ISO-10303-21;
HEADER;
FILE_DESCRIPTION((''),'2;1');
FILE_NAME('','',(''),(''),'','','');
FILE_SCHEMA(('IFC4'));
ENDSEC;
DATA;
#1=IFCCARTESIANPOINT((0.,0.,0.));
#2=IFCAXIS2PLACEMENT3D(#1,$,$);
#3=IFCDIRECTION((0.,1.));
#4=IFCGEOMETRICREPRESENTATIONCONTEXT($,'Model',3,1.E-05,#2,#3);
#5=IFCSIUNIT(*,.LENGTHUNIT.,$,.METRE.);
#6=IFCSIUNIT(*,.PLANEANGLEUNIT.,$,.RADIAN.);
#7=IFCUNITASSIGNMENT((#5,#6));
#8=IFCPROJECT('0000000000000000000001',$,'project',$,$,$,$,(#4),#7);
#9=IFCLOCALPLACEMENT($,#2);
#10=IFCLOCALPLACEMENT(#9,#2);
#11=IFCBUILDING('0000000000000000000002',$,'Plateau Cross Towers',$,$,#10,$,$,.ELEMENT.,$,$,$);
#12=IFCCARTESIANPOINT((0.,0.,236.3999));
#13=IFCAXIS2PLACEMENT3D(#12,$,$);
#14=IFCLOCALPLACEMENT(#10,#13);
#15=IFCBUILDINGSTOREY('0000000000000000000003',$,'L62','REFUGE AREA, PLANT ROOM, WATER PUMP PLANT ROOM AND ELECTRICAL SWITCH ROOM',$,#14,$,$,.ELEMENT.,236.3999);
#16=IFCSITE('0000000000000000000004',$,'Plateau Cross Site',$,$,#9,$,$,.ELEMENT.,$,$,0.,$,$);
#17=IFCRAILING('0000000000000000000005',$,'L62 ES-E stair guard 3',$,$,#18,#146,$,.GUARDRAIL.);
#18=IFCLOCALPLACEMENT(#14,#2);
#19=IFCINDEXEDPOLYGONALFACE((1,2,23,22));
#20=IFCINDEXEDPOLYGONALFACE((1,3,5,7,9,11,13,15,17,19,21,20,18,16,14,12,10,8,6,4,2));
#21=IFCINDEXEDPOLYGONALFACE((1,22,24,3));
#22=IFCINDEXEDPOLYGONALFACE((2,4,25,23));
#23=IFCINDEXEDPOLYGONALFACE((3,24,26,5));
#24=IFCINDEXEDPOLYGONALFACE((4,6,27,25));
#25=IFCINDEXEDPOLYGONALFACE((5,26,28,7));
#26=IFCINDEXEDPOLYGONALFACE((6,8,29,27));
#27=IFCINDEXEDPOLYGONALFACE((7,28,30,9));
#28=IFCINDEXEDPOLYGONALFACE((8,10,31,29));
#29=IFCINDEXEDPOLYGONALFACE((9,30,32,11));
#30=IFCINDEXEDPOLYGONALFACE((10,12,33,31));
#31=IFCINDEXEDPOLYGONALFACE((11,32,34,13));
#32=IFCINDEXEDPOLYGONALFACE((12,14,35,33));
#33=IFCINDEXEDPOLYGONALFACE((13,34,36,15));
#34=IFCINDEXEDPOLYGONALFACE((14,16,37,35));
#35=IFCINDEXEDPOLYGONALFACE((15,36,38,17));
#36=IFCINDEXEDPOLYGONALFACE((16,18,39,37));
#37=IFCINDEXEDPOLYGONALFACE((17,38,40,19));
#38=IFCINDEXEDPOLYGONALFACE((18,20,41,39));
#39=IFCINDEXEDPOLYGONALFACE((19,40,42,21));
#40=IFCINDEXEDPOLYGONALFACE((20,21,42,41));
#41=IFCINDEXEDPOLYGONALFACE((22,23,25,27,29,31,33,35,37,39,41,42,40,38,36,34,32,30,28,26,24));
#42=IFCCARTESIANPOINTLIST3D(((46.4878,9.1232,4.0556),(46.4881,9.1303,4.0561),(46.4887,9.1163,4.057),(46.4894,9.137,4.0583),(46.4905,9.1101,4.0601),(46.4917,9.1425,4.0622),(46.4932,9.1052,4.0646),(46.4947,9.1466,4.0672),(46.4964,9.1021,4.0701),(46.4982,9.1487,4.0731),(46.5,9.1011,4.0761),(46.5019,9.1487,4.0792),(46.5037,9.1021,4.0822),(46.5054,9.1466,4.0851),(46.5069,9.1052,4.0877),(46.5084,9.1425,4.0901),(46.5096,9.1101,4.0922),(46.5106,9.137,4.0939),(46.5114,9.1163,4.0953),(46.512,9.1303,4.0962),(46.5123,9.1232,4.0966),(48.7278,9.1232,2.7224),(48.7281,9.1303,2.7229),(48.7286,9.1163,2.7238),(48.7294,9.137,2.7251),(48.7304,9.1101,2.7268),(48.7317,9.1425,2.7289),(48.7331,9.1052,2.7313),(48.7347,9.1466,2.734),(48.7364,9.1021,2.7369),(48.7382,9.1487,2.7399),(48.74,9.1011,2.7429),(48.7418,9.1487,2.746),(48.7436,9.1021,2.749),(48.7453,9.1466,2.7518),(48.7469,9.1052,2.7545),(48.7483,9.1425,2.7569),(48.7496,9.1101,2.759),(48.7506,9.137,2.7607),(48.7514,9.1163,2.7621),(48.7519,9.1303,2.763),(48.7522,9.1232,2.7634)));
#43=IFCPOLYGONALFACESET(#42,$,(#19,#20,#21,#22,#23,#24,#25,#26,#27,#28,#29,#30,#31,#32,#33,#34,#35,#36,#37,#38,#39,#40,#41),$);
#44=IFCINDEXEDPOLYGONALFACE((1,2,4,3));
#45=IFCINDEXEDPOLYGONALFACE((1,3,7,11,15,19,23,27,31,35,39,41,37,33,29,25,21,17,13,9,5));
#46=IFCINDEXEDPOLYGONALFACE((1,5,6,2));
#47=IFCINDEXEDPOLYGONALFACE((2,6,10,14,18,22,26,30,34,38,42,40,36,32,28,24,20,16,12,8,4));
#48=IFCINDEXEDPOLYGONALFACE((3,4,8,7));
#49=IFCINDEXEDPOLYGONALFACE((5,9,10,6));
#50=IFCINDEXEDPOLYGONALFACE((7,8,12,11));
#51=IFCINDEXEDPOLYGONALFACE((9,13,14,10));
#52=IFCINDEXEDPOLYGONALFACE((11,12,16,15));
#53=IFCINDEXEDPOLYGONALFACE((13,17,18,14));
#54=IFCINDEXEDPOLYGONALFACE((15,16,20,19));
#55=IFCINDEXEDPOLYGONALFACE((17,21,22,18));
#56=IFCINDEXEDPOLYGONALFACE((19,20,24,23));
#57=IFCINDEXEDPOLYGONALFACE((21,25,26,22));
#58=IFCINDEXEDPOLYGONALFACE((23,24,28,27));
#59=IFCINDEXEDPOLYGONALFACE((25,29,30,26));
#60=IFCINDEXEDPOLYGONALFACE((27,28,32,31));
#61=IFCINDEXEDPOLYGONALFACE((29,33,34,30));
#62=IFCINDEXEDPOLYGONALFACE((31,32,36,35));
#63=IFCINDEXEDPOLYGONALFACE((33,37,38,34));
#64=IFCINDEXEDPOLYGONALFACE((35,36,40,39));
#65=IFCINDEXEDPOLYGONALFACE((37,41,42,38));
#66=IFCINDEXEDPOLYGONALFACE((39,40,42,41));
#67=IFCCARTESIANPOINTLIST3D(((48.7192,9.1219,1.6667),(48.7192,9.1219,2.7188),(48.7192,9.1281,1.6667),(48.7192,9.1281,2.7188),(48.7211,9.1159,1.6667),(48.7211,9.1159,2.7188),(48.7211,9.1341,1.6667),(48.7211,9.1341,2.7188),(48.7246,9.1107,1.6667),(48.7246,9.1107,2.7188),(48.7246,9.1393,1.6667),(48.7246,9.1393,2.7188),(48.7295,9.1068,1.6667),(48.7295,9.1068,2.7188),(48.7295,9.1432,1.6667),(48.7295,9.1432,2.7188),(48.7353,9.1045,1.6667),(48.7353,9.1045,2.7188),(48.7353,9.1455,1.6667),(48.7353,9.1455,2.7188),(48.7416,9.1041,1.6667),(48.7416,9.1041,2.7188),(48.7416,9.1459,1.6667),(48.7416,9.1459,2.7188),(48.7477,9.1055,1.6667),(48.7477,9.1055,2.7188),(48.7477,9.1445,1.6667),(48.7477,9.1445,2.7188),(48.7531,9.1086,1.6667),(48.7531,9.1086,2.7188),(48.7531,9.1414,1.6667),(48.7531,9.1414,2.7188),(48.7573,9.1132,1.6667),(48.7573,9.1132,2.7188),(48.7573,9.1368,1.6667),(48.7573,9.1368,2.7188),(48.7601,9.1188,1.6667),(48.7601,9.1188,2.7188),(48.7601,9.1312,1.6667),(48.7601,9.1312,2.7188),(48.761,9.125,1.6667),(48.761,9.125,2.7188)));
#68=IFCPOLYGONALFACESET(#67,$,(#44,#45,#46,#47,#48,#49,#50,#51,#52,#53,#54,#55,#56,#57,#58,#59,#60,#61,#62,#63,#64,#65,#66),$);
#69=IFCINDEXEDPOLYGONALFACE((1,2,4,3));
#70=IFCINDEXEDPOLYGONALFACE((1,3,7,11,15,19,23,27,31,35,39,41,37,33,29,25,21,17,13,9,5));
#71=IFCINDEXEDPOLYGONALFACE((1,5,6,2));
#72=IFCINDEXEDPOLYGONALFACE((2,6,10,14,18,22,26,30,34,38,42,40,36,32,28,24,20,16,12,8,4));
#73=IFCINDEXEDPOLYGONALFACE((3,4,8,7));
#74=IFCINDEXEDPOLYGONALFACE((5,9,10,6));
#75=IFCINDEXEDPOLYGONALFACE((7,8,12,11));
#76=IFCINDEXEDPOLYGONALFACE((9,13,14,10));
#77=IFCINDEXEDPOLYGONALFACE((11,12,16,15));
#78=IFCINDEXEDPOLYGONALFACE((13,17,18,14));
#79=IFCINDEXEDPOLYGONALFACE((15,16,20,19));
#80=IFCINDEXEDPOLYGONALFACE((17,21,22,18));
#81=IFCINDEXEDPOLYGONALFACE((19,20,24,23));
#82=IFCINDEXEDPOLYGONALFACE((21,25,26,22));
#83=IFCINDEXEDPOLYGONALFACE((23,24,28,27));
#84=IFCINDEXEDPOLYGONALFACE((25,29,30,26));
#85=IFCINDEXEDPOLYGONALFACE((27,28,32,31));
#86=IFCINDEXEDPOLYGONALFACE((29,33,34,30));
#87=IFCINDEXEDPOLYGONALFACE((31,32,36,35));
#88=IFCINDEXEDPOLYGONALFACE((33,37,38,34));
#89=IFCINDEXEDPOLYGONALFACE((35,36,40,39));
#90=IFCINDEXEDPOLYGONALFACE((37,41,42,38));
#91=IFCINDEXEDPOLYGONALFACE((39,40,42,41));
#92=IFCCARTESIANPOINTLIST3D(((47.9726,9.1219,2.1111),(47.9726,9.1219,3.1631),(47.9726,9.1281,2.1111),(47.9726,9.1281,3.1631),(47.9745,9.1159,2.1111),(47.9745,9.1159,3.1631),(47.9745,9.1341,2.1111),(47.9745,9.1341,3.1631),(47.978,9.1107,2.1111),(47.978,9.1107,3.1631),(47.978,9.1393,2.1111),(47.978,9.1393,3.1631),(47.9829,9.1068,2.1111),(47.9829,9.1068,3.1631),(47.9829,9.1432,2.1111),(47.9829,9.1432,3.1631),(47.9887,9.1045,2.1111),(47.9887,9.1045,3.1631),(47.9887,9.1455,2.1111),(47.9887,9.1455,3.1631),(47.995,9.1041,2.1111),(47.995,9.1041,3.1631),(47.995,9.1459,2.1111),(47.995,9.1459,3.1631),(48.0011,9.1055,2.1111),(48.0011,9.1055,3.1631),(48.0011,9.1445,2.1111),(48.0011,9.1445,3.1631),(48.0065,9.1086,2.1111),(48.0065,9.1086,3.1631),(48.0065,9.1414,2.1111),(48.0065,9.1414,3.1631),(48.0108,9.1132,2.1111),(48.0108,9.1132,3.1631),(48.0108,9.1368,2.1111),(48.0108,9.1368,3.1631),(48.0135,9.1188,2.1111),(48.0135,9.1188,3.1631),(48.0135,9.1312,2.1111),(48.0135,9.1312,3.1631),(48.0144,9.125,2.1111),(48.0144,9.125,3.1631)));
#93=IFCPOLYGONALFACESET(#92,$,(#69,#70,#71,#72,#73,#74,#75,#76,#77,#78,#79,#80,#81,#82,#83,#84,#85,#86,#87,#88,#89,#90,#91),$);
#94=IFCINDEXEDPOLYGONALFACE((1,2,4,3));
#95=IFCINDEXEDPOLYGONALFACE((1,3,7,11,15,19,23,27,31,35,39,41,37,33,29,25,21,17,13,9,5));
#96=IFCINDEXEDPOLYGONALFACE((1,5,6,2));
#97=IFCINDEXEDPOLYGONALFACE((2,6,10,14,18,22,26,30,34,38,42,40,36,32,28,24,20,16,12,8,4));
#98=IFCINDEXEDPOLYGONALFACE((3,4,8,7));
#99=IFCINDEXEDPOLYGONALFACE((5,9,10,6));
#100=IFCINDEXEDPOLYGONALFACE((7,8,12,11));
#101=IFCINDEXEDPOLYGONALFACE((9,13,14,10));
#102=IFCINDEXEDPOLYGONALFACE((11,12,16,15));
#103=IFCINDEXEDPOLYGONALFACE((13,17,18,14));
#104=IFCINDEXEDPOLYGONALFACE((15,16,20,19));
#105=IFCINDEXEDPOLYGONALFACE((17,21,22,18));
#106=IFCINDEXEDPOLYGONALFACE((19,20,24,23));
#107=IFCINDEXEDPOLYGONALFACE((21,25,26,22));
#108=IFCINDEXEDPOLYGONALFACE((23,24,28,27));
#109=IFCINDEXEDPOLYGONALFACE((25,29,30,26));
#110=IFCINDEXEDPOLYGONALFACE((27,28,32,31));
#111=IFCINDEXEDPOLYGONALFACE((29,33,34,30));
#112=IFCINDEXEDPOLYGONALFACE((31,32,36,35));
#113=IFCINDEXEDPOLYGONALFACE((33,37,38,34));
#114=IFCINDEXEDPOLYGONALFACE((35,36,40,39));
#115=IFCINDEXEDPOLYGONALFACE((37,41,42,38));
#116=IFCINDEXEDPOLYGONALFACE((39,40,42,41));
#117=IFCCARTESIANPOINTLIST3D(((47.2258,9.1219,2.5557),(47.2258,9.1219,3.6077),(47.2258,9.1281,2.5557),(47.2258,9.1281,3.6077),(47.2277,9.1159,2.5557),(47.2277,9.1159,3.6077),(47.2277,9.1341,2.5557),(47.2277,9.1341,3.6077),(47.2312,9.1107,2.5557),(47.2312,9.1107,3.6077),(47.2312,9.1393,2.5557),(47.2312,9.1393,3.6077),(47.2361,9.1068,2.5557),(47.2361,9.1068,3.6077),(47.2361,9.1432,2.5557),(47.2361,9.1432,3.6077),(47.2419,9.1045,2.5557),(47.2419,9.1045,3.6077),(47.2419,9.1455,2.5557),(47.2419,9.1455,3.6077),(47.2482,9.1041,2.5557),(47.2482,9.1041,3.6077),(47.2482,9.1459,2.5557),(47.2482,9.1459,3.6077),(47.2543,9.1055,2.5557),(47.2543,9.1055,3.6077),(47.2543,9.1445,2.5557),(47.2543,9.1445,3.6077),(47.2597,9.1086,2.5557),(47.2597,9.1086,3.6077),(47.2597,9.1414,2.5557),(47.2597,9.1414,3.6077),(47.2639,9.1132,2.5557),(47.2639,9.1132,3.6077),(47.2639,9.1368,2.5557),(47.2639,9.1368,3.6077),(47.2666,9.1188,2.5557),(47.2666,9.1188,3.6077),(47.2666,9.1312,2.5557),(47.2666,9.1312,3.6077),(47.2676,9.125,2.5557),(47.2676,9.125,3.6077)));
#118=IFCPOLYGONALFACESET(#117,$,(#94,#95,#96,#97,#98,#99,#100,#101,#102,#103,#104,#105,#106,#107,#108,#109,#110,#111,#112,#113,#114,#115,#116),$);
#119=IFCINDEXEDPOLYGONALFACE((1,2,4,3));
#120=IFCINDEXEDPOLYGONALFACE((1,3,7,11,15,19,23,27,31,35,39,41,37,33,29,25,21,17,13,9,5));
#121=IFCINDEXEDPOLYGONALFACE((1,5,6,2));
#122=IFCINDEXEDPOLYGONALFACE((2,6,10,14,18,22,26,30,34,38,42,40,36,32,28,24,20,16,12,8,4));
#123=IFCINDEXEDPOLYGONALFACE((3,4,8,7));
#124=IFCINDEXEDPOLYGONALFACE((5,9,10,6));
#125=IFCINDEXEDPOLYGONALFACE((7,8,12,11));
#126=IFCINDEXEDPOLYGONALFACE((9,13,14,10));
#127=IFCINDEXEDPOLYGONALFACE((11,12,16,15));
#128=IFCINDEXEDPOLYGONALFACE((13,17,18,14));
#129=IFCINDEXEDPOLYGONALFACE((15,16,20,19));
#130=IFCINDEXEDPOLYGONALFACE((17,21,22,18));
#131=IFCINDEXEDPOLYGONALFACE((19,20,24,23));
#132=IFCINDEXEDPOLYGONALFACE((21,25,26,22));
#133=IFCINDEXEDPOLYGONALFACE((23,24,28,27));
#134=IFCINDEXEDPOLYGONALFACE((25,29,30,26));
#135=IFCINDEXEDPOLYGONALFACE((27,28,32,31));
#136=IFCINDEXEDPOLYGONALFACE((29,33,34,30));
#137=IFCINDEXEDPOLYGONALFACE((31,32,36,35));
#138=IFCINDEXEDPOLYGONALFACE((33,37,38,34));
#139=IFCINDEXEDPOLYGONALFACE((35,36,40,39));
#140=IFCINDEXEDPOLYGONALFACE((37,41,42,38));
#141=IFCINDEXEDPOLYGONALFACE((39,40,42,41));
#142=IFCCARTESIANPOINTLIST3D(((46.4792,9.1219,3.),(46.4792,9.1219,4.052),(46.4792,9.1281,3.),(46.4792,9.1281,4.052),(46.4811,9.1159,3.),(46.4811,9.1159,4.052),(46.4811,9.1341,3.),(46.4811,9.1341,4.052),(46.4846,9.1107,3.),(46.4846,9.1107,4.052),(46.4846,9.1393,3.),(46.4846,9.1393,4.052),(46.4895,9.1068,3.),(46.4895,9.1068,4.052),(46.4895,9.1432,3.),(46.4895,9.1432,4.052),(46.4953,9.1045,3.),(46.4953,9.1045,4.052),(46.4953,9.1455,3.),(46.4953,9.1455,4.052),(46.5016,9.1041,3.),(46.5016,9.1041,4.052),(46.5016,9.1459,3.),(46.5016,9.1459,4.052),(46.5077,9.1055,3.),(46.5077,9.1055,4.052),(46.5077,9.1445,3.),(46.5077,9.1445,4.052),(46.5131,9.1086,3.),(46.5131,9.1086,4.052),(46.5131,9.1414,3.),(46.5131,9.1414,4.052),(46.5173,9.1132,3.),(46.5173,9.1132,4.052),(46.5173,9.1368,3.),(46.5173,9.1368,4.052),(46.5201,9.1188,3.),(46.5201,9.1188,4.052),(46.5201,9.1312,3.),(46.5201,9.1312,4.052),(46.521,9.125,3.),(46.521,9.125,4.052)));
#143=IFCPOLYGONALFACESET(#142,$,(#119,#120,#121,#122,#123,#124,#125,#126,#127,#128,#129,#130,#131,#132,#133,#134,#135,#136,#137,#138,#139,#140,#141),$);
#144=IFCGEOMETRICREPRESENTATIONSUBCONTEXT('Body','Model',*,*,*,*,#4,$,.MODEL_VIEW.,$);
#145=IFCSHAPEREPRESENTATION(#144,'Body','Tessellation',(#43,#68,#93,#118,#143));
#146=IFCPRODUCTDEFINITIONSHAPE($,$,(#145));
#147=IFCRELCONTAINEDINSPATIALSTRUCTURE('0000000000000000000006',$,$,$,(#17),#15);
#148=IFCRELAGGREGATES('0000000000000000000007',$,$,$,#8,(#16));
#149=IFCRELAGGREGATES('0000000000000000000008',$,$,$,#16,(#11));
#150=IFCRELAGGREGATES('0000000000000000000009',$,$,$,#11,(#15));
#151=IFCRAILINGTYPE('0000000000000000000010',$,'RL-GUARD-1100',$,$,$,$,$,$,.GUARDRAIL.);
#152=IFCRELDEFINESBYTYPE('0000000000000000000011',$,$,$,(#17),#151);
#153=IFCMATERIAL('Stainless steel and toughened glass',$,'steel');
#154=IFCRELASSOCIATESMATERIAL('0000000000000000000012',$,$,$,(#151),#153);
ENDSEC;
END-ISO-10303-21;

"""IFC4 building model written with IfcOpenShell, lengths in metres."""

from ifc_helpers import new_model, si_unit, direction, frame, origin, origin_2d, place, context, subcontext, project, spatial, circle, extrude, material, type_object, element, save


model = new_model("IFC4")

# Units and contexts
model_context = context("Model", 3, precision=1e-05, world=origin(), true_north=direction((0.0, 1.0)))
body_context = subcontext(model_context, "Body", "Model", "MODEL_VIEW")
ifc_project = project(units=[si_unit("LENGTHUNIT", "METRE"), si_unit("PLANEANGLEUNIT", "RADIAN")], contexts=[model_context])

# Site, building, storey
site_placement = place(None, origin())
site = spatial("IfcSite", under=ifc_project, at=site_placement, Name="Plateau Cross Site", CompositionType="ELEMENT", RefElevation=0.0)
building_placement = place(site_placement, origin())
building = spatial("IfcBuilding", under=site, at=building_placement, Name="Plateau Cross Towers", CompositionType="ELEMENT")
storey_placement = place(building_placement, frame((0.0, 0.0, 236.3999)))
storey = spatial("IfcBuildingStorey", under=building, at=storey_placement, Name="L62", Description="REFUGE AREA, PLANT ROOM, WATER PUMP PLANT ROOM AND ELECTRICAL SWITCH ROOM", CompositionType="ELEMENT", Elevation=236.3999)

# Railing
ifc_material_1 = material(Name="Stainless steel and toughened glass", Category="steel")
railing_type_1 = type_object("IfcRailingType", Name="RL-GUARD-1100", PredefinedType="GUARDRAIL", material=ifc_material_1)
railing_1_placement = place(storey_placement, frame((48.74, 9.125, 1.6667)))
element("IfcRailing", 1, at=railing_1_placement, inside=storey, type_object=railing_type_1, Name="L62 ES-E stair guard 3", PredefinedType="GUARDRAIL", context=body_context, shape_type="SweptSolid", body=[
    extrude(circle(Radius=0.0239, at=origin_2d()), frame((0.0, 0.0, 1.0762), z_axis=(-0.859306, 0.0, 0.511462), x_axis=(0.0, -1.0, 0.0)), (0.0, 0.0, 1.0), 2.6067),
    extrude(circle(Radius=0.021, at=origin_2d()), origin(), (0.0, 0.0, 1.0), 1.052),
    extrude(circle(Radius=0.021, at=origin_2d()), frame((-0.7466, 0.0, 0.4443)), (0.0, 0.0, 1.0), 1.052),
    extrude(circle(Radius=0.021, at=origin_2d()), frame((-1.4934, 0.0, 0.8889)), (0.0, 0.0, 1.0), 1.052),
    extrude(circle(Radius=0.021, at=origin_2d()), frame((-2.24, 0.0, 1.3333)), (0.0, 0.0, 1.0), 1.052),
])

save(model, "model.ifc")
